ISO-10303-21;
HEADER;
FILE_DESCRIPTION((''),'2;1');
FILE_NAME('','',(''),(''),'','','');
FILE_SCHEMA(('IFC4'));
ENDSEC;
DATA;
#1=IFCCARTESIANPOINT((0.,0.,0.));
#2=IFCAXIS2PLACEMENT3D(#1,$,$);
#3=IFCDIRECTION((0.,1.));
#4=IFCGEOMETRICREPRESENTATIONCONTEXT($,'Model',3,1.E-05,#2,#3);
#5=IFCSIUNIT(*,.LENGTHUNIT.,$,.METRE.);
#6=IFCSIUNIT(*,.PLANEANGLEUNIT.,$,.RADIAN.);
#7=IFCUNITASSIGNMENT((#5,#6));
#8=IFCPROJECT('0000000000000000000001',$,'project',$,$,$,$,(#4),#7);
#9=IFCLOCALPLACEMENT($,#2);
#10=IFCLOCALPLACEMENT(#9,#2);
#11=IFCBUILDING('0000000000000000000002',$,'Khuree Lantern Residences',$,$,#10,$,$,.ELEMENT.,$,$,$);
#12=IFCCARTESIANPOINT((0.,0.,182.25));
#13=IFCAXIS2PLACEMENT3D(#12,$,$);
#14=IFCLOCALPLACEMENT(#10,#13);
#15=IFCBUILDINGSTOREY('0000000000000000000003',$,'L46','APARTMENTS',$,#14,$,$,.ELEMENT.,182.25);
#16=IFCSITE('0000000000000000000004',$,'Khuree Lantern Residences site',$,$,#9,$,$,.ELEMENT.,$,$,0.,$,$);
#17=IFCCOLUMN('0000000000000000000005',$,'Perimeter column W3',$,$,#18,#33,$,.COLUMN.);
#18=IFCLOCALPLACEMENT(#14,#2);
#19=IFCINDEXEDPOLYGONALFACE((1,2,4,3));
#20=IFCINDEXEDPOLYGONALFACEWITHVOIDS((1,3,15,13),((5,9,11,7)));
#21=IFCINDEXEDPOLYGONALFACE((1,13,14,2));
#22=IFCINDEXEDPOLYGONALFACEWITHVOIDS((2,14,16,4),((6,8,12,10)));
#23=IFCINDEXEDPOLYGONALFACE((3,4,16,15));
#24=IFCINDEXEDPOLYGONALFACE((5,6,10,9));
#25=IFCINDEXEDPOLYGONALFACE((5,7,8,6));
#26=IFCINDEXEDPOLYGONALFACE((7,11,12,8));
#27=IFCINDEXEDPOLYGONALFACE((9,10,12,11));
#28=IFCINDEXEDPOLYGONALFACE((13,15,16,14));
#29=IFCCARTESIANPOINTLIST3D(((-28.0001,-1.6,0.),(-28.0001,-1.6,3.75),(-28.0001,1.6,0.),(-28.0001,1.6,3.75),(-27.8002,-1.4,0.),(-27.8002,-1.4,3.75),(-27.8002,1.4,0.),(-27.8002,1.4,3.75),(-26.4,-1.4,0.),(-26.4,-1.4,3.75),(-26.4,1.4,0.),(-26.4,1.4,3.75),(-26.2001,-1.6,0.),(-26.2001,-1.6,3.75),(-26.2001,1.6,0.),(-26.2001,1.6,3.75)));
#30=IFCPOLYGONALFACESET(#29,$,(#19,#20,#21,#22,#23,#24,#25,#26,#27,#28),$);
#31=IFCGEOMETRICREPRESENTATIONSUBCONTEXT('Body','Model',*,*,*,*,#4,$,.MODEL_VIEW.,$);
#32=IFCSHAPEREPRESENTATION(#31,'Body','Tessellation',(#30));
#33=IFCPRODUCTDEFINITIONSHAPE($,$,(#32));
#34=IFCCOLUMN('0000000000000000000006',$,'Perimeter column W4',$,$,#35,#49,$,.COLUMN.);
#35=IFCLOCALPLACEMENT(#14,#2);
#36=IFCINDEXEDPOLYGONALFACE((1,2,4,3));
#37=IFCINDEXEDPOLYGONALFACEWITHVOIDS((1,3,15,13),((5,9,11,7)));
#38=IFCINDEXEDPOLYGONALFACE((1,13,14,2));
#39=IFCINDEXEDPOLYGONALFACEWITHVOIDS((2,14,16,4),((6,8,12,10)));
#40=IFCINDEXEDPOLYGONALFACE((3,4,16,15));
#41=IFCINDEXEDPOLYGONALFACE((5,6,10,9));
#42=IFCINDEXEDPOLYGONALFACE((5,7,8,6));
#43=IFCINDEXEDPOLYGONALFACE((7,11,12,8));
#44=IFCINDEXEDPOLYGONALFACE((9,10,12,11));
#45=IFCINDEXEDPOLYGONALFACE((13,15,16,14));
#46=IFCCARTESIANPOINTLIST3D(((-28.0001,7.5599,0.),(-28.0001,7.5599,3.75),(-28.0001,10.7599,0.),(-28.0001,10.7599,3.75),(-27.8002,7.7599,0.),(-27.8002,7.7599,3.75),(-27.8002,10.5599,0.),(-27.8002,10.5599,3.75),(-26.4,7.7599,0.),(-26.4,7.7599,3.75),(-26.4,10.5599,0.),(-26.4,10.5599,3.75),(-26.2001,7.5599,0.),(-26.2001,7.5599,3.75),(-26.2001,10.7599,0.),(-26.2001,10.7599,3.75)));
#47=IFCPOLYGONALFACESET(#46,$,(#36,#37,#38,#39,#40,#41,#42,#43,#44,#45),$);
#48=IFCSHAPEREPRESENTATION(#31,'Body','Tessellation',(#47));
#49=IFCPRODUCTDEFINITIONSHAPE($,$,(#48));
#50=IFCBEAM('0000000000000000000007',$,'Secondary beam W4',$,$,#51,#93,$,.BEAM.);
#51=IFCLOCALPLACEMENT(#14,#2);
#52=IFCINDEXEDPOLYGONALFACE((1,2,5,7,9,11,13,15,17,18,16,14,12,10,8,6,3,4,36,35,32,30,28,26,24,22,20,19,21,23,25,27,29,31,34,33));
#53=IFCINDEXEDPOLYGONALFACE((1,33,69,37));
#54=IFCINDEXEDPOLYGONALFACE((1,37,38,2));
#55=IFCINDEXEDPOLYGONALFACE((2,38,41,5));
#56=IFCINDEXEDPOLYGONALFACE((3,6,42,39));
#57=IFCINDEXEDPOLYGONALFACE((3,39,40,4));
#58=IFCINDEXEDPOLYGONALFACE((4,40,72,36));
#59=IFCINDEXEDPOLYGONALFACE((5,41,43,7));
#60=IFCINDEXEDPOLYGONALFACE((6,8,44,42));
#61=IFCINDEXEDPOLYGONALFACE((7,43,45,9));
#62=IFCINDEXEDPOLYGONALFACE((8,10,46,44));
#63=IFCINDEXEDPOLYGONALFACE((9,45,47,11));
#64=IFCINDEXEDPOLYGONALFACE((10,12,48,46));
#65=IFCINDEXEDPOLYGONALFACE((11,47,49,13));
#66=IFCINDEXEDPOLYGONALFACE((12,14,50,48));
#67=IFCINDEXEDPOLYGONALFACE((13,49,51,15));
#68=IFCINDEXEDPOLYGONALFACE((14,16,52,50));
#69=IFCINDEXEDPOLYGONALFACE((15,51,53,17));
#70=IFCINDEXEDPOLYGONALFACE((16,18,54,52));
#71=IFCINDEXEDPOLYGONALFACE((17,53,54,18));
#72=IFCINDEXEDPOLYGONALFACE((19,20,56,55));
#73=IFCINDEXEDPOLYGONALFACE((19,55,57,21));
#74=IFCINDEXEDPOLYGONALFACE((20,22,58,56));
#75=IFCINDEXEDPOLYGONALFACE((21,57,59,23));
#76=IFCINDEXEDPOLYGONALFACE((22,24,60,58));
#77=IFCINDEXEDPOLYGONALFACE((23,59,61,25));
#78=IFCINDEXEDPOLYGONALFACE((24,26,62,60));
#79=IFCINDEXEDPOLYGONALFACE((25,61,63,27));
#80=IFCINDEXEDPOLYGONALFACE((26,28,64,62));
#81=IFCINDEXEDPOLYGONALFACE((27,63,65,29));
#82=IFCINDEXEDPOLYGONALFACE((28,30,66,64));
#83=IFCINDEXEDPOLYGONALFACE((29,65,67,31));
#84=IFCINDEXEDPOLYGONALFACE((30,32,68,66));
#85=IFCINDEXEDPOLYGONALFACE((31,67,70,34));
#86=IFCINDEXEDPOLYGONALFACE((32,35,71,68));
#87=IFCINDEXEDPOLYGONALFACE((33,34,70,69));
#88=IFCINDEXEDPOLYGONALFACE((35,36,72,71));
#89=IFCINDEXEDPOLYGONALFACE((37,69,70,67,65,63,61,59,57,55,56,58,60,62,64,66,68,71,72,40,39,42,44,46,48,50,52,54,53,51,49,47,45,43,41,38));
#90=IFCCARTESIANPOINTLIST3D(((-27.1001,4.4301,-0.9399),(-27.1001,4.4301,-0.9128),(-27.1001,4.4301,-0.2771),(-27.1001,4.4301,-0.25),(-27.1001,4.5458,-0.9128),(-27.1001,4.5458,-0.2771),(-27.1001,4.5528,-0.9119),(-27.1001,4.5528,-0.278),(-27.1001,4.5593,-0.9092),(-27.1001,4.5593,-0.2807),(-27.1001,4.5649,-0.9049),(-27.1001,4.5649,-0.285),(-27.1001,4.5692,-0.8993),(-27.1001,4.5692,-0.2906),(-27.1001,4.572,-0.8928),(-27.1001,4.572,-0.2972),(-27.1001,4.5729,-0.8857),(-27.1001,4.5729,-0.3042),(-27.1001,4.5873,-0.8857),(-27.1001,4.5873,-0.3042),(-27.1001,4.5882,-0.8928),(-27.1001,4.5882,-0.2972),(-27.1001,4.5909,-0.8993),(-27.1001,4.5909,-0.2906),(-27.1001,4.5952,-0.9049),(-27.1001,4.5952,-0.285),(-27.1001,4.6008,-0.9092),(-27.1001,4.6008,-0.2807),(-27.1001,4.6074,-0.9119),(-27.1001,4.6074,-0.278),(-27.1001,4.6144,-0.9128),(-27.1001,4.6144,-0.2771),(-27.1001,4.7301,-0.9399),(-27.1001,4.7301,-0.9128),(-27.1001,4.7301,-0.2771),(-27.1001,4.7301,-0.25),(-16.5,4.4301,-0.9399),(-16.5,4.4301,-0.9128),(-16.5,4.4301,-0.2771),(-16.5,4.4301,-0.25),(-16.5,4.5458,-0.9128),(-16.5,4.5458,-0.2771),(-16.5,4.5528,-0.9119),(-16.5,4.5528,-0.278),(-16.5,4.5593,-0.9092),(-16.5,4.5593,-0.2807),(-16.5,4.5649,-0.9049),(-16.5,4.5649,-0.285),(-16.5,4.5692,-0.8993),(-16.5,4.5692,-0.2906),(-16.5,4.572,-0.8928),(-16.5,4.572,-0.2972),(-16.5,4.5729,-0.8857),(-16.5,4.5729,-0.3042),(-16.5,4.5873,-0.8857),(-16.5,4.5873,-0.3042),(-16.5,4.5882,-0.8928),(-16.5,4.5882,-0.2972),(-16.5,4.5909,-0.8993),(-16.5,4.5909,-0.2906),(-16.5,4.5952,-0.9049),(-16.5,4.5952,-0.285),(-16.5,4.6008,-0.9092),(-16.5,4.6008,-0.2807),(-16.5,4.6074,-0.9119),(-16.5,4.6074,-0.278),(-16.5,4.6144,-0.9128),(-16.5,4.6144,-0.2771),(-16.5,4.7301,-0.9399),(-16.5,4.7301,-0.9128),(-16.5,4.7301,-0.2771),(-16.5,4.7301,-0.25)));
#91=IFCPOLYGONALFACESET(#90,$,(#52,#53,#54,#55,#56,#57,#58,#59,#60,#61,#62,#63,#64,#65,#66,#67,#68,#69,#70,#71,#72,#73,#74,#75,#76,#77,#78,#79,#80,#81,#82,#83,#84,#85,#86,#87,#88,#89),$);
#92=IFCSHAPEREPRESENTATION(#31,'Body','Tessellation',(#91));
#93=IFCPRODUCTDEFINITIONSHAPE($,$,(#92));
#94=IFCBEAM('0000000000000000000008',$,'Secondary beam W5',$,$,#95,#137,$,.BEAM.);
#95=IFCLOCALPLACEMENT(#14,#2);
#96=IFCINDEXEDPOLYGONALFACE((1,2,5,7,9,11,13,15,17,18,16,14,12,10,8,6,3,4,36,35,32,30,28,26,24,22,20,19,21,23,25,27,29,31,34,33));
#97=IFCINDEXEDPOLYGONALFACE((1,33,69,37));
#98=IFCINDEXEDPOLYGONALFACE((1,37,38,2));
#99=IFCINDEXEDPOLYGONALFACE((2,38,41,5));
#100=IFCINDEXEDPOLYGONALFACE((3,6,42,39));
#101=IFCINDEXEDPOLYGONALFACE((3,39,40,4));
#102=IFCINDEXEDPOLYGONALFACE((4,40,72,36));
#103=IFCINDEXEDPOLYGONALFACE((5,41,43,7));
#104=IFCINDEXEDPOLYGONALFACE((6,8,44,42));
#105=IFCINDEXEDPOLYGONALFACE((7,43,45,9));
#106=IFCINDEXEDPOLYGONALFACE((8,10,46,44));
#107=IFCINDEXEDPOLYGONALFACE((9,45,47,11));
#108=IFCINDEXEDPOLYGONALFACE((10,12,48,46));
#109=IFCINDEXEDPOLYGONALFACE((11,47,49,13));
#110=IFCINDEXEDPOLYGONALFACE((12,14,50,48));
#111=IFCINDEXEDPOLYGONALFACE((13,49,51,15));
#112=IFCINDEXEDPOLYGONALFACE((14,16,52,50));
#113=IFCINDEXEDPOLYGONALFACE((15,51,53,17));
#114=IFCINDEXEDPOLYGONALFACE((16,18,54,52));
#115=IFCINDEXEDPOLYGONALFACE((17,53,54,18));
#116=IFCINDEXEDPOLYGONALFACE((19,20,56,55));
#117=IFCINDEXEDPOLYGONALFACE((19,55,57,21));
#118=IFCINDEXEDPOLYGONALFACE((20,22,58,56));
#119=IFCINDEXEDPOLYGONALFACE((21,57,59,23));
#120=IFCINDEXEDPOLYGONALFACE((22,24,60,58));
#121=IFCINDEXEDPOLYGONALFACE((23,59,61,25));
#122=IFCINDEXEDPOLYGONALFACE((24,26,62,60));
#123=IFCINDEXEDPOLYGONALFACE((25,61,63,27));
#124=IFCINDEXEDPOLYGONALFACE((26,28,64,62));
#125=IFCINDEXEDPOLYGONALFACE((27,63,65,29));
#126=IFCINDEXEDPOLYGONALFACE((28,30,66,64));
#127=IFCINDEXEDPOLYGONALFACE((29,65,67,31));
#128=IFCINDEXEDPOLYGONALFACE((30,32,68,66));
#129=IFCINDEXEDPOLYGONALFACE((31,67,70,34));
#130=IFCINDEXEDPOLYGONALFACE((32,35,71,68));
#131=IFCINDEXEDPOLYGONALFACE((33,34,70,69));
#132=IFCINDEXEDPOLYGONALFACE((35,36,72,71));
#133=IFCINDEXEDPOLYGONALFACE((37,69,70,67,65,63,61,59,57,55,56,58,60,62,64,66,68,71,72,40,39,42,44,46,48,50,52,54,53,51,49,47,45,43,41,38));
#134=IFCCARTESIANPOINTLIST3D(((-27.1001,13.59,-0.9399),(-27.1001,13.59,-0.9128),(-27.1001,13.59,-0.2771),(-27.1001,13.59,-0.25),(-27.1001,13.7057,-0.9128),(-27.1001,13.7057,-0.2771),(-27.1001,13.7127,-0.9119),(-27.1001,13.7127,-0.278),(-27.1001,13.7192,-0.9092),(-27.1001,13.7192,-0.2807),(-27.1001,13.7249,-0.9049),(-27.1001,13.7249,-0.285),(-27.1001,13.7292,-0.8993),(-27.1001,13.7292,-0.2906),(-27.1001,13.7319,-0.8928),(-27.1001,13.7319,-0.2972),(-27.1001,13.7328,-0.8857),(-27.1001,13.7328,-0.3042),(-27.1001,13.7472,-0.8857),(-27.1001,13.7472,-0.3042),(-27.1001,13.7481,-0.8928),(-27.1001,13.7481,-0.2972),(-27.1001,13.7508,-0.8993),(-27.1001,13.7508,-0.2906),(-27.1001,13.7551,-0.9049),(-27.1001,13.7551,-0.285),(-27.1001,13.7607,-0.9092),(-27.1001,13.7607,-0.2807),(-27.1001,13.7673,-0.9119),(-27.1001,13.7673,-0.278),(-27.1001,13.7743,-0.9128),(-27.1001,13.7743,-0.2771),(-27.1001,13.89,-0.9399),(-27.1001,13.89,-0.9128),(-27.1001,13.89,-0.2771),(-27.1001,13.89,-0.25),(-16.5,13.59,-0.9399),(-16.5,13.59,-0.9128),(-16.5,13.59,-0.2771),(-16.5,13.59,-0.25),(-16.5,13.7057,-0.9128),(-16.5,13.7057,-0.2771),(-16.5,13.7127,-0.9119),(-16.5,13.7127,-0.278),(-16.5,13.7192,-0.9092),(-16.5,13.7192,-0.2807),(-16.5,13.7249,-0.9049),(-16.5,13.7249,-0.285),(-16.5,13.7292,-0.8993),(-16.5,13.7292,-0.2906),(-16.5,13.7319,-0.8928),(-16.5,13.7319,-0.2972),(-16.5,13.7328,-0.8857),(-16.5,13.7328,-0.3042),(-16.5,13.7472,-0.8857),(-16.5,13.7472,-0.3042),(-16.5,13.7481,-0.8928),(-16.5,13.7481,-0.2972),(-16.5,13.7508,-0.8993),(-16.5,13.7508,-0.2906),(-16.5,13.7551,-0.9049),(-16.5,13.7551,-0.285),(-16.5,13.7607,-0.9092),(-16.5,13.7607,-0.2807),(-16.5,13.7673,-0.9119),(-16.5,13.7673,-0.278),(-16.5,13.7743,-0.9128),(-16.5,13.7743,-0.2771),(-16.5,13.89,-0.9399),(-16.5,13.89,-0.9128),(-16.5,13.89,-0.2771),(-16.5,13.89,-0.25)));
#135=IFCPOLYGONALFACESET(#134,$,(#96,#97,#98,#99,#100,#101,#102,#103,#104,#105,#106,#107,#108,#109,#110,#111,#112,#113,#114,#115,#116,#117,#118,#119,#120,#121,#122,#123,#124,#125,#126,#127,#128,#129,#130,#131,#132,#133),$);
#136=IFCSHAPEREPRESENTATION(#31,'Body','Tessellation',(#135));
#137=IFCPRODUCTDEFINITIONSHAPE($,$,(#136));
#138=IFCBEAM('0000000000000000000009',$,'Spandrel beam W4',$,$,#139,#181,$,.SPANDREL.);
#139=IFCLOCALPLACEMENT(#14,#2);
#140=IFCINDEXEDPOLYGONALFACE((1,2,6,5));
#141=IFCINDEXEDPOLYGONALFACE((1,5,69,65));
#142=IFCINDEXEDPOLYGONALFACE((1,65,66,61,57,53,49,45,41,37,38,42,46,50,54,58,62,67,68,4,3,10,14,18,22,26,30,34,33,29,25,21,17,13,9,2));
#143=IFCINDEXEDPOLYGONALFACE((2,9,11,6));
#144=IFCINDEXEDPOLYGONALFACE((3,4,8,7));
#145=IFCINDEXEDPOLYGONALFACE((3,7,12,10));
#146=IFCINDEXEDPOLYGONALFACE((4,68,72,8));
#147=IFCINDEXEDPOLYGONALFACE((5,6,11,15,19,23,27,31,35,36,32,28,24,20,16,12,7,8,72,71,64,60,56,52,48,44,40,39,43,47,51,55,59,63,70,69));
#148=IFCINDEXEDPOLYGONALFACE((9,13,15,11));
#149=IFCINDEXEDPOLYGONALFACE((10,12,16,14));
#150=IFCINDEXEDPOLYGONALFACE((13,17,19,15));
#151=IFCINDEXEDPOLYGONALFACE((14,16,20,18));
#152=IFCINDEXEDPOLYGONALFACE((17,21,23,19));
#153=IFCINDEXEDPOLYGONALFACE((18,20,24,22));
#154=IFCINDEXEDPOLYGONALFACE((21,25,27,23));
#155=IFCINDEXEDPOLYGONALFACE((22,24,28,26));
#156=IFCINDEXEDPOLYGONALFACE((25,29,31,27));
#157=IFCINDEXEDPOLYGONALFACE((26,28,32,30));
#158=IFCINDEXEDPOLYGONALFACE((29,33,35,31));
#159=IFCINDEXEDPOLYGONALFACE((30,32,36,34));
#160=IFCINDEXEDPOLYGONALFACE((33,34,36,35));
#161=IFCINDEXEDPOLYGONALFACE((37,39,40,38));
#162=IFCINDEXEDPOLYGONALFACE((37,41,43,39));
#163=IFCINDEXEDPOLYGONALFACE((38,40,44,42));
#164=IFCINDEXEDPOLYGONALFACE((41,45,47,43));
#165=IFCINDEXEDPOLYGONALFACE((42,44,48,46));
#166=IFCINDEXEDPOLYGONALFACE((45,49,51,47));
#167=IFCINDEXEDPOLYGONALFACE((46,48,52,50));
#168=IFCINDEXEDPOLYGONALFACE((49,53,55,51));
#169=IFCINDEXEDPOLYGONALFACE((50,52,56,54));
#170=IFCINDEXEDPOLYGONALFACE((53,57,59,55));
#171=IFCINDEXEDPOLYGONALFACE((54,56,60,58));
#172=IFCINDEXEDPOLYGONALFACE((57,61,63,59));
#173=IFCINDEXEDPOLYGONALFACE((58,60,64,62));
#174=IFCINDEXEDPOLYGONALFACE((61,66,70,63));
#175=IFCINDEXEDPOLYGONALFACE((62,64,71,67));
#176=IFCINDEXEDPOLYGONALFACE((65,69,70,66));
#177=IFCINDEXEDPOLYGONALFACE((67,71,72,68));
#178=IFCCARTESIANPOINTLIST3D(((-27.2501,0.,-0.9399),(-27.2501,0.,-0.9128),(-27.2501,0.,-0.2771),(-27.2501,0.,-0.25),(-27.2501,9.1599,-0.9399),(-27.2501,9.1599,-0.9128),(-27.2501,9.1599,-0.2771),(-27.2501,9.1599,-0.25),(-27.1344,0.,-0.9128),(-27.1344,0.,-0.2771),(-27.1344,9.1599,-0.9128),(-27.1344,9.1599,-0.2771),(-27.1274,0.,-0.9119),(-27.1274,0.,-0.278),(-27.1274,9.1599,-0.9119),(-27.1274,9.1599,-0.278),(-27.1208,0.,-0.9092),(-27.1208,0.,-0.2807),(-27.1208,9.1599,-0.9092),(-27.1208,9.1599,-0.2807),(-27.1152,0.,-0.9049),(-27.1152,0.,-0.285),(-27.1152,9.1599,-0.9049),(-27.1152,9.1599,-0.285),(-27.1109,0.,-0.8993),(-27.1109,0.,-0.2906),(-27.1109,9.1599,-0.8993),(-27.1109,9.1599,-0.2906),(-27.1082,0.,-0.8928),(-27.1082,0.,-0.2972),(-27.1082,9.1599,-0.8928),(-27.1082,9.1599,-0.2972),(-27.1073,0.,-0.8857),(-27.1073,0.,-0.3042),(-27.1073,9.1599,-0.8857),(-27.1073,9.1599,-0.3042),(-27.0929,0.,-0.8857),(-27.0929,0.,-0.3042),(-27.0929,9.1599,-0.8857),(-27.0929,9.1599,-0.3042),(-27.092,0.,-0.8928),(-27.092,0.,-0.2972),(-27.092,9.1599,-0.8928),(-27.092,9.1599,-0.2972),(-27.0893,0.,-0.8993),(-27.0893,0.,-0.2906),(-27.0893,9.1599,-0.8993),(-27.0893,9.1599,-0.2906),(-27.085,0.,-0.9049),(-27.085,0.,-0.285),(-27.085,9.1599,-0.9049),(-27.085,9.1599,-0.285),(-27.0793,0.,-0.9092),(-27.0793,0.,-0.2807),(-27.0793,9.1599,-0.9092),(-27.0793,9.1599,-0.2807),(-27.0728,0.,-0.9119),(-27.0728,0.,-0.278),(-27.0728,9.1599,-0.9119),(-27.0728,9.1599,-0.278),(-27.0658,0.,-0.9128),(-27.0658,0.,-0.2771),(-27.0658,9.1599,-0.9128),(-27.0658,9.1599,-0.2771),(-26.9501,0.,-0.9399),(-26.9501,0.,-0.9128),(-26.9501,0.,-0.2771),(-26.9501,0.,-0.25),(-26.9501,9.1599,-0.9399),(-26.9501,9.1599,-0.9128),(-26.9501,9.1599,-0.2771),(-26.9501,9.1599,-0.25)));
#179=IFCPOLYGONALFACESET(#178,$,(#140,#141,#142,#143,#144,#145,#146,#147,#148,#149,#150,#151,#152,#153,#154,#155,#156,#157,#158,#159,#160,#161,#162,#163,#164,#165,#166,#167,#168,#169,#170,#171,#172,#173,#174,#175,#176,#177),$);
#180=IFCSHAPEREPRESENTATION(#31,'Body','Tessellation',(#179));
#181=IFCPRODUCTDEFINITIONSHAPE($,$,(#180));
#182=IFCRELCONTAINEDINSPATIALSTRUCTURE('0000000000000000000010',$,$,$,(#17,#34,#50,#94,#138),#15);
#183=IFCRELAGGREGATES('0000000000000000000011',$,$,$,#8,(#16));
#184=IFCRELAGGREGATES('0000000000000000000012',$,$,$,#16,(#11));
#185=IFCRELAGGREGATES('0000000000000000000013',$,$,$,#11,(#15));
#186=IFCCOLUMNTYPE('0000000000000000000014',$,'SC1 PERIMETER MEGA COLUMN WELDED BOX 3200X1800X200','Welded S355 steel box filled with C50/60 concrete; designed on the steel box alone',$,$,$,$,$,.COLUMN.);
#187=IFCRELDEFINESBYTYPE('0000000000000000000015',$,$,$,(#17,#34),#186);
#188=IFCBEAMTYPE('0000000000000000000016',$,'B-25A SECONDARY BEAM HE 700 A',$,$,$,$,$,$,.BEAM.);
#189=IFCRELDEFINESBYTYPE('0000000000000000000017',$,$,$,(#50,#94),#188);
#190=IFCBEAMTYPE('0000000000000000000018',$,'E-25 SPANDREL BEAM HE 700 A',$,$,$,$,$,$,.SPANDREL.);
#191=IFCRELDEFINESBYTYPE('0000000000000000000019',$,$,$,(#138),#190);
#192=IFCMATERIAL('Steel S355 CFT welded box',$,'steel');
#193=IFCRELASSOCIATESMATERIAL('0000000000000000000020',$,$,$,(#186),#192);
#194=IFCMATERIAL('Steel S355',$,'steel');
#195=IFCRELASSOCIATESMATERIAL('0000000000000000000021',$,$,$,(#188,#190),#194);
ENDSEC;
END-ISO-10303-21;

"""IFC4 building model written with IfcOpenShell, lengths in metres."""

from ifc_helpers import new_model, si_unit, direction, frame, origin, origin_2d, place, context, subcontext, project, spatial, hollow_rectangle, i_section, extrude, material, material_profile, profile_set, type_object, element, save


model = new_model("IFC4")

# Units and contexts
model_context = context("Model", 3, precision=1e-05, world=origin(), true_north=direction((0.0, 1.0)))
body_context = subcontext(model_context, "Body", "Model", "MODEL_VIEW")
ifc_project = project(units=[si_unit("LENGTHUNIT", "METRE"), si_unit("PLANEANGLEUNIT", "RADIAN")], contexts=[model_context])

# Site, building, storey
site_placement = place(None, origin())
site = spatial("IfcSite", under=ifc_project, at=site_placement, Name="Khuree Lantern Residences site", CompositionType="ELEMENT", RefElevation=0.0)
building_placement = place(site_placement, origin())
building = spatial("IfcBuilding", under=site, at=building_placement, Name="Khuree Lantern Residences", CompositionType="ELEMENT")
storey_placement = place(building_placement, frame((0.0, 0.0, 182.25)))
storey = spatial("IfcBuildingStorey", under=building, at=storey_placement, Name="L46", Description="APARTMENTS", CompositionType="ELEMENT", Elevation=182.25)

# Columns
ifc_material_1 = material(Name="Steel S355 CFT welded box", Category="steel")
ifc_material_profile_1 = material_profile(ifc_material_1, hollow_rectangle(XDim=3.2, YDim=1.8, WallThickness=0.2, at=origin_2d()), Name="WELDED BOX 3200X1800X200")
ifc_profile_set_1 = profile_set([ifc_material_profile_1], Name="Steel S355 CFT welded box")
column_type = type_object("IfcColumnType", Name="SC1 PERIMETER MEGA COLUMN WELDED BOX 3200X1800X200", Description="Welded S355 steel box filled with C50/60 concrete; designed on the steel box alone", PredefinedType="COLUMN", material=ifc_profile_set_1)
for number, where, z_axis, x_axis, name in (
    (1, (-27.1001, 0.0, 0.0), (0.0, 0.0, 1.0), (0.0, 1.0, 0.0), "Perimeter column W3"),
    (2, (-27.1001, 9.1599, 0.0), (0.0, 0.0, 1.0), (0.0, 1.0, 0.0), "Perimeter column W4"),
):
    element("IfcColumn", number, at=place(storey_placement, frame(where, z_axis=z_axis, x_axis=x_axis)), inside=storey, type_object=column_type, Name=name, PredefinedType="COLUMN", context=body_context, shape_type="SweptSolid", body=[
        extrude(hollow_rectangle(XDim=3.2, YDim=1.8, WallThickness=0.2, at=origin_2d()), origin(), (0.0, 0.0, 1.0), 3.75),
    ])

# Beams
ifc_material_2 = material(Name="Steel S355", Category="steel")
ifc_material_profile_2 = material_profile(ifc_material_2, i_section(OverallWidth=0.3, OverallDepth=0.6899, WebThickness=0.0144, FlangeThickness=0.0271, FilletRadius=0.0271, at=origin_2d()), Name="HE 700 A")
ifc_profile_set_2 = profile_set([ifc_material_profile_2], Name="Steel S355")
beam_type_1 = type_object("IfcBeamType", Name="B-25A SECONDARY BEAM HE 700 A", PredefinedType="BEAM", material=ifc_profile_set_2)
for number, where, z_axis, x_axis, name in (
    (3, (-27.1001, 4.5801, -0.595), (1.0, 0.0, 0.0), (0.0, 1.0, 0.0), "Secondary beam W4"),
    (4, (-27.1001, 13.74, -0.595), (1.0, 0.0, 0.0), (0.0, 1.0, 0.0), "Secondary beam W5"),
):
    element("IfcBeam", number, at=place(storey_placement, frame(where, z_axis=z_axis, x_axis=x_axis)), inside=storey, type_object=beam_type_1, Name=name, PredefinedType="BEAM", context=body_context, shape_type="SweptSolid", body=[
        extrude(i_section(OverallWidth=0.3, OverallDepth=0.6899, WebThickness=0.0144, FlangeThickness=0.0271, FilletRadius=0.0271, at=origin_2d()), origin(), (0.0, 0.0, 1.0), 10.6001),
    ])
ifc_material_profile_3 = material_profile(ifc_material_2, i_section(OverallWidth=0.3, OverallDepth=0.6899, WebThickness=0.0144, FlangeThickness=0.0271, FilletRadius=0.0271, at=origin_2d()), Name="HE 700 A")
ifc_profile_set_3 = profile_set([ifc_material_profile_3], Name="Steel S355")
beam_type_2 = type_object("IfcBeamType", Name="E-25 SPANDREL BEAM HE 700 A", PredefinedType="SPANDREL", material=ifc_profile_set_3)
beam_1_placement = place(storey_placement, frame((-27.1001, 0.0, -0.595), z_axis=(0.0, 1.0, 0.0), x_axis=(-1.0, 0.0, 0.0)))
element("IfcBeam", 5, at=beam_1_placement, inside=storey, type_object=beam_type_2, Name="Spandrel beam W4", PredefinedType="SPANDREL", context=body_context, shape_type="SweptSolid", body=[
    extrude(i_section(OverallWidth=0.3, OverallDepth=0.6899, WebThickness=0.0144, FlangeThickness=0.0271, FilletRadius=0.0271, at=origin_2d()), origin(), (0.0, 0.0, 1.0), 9.1599),
])

save(model, "model.ifc")
